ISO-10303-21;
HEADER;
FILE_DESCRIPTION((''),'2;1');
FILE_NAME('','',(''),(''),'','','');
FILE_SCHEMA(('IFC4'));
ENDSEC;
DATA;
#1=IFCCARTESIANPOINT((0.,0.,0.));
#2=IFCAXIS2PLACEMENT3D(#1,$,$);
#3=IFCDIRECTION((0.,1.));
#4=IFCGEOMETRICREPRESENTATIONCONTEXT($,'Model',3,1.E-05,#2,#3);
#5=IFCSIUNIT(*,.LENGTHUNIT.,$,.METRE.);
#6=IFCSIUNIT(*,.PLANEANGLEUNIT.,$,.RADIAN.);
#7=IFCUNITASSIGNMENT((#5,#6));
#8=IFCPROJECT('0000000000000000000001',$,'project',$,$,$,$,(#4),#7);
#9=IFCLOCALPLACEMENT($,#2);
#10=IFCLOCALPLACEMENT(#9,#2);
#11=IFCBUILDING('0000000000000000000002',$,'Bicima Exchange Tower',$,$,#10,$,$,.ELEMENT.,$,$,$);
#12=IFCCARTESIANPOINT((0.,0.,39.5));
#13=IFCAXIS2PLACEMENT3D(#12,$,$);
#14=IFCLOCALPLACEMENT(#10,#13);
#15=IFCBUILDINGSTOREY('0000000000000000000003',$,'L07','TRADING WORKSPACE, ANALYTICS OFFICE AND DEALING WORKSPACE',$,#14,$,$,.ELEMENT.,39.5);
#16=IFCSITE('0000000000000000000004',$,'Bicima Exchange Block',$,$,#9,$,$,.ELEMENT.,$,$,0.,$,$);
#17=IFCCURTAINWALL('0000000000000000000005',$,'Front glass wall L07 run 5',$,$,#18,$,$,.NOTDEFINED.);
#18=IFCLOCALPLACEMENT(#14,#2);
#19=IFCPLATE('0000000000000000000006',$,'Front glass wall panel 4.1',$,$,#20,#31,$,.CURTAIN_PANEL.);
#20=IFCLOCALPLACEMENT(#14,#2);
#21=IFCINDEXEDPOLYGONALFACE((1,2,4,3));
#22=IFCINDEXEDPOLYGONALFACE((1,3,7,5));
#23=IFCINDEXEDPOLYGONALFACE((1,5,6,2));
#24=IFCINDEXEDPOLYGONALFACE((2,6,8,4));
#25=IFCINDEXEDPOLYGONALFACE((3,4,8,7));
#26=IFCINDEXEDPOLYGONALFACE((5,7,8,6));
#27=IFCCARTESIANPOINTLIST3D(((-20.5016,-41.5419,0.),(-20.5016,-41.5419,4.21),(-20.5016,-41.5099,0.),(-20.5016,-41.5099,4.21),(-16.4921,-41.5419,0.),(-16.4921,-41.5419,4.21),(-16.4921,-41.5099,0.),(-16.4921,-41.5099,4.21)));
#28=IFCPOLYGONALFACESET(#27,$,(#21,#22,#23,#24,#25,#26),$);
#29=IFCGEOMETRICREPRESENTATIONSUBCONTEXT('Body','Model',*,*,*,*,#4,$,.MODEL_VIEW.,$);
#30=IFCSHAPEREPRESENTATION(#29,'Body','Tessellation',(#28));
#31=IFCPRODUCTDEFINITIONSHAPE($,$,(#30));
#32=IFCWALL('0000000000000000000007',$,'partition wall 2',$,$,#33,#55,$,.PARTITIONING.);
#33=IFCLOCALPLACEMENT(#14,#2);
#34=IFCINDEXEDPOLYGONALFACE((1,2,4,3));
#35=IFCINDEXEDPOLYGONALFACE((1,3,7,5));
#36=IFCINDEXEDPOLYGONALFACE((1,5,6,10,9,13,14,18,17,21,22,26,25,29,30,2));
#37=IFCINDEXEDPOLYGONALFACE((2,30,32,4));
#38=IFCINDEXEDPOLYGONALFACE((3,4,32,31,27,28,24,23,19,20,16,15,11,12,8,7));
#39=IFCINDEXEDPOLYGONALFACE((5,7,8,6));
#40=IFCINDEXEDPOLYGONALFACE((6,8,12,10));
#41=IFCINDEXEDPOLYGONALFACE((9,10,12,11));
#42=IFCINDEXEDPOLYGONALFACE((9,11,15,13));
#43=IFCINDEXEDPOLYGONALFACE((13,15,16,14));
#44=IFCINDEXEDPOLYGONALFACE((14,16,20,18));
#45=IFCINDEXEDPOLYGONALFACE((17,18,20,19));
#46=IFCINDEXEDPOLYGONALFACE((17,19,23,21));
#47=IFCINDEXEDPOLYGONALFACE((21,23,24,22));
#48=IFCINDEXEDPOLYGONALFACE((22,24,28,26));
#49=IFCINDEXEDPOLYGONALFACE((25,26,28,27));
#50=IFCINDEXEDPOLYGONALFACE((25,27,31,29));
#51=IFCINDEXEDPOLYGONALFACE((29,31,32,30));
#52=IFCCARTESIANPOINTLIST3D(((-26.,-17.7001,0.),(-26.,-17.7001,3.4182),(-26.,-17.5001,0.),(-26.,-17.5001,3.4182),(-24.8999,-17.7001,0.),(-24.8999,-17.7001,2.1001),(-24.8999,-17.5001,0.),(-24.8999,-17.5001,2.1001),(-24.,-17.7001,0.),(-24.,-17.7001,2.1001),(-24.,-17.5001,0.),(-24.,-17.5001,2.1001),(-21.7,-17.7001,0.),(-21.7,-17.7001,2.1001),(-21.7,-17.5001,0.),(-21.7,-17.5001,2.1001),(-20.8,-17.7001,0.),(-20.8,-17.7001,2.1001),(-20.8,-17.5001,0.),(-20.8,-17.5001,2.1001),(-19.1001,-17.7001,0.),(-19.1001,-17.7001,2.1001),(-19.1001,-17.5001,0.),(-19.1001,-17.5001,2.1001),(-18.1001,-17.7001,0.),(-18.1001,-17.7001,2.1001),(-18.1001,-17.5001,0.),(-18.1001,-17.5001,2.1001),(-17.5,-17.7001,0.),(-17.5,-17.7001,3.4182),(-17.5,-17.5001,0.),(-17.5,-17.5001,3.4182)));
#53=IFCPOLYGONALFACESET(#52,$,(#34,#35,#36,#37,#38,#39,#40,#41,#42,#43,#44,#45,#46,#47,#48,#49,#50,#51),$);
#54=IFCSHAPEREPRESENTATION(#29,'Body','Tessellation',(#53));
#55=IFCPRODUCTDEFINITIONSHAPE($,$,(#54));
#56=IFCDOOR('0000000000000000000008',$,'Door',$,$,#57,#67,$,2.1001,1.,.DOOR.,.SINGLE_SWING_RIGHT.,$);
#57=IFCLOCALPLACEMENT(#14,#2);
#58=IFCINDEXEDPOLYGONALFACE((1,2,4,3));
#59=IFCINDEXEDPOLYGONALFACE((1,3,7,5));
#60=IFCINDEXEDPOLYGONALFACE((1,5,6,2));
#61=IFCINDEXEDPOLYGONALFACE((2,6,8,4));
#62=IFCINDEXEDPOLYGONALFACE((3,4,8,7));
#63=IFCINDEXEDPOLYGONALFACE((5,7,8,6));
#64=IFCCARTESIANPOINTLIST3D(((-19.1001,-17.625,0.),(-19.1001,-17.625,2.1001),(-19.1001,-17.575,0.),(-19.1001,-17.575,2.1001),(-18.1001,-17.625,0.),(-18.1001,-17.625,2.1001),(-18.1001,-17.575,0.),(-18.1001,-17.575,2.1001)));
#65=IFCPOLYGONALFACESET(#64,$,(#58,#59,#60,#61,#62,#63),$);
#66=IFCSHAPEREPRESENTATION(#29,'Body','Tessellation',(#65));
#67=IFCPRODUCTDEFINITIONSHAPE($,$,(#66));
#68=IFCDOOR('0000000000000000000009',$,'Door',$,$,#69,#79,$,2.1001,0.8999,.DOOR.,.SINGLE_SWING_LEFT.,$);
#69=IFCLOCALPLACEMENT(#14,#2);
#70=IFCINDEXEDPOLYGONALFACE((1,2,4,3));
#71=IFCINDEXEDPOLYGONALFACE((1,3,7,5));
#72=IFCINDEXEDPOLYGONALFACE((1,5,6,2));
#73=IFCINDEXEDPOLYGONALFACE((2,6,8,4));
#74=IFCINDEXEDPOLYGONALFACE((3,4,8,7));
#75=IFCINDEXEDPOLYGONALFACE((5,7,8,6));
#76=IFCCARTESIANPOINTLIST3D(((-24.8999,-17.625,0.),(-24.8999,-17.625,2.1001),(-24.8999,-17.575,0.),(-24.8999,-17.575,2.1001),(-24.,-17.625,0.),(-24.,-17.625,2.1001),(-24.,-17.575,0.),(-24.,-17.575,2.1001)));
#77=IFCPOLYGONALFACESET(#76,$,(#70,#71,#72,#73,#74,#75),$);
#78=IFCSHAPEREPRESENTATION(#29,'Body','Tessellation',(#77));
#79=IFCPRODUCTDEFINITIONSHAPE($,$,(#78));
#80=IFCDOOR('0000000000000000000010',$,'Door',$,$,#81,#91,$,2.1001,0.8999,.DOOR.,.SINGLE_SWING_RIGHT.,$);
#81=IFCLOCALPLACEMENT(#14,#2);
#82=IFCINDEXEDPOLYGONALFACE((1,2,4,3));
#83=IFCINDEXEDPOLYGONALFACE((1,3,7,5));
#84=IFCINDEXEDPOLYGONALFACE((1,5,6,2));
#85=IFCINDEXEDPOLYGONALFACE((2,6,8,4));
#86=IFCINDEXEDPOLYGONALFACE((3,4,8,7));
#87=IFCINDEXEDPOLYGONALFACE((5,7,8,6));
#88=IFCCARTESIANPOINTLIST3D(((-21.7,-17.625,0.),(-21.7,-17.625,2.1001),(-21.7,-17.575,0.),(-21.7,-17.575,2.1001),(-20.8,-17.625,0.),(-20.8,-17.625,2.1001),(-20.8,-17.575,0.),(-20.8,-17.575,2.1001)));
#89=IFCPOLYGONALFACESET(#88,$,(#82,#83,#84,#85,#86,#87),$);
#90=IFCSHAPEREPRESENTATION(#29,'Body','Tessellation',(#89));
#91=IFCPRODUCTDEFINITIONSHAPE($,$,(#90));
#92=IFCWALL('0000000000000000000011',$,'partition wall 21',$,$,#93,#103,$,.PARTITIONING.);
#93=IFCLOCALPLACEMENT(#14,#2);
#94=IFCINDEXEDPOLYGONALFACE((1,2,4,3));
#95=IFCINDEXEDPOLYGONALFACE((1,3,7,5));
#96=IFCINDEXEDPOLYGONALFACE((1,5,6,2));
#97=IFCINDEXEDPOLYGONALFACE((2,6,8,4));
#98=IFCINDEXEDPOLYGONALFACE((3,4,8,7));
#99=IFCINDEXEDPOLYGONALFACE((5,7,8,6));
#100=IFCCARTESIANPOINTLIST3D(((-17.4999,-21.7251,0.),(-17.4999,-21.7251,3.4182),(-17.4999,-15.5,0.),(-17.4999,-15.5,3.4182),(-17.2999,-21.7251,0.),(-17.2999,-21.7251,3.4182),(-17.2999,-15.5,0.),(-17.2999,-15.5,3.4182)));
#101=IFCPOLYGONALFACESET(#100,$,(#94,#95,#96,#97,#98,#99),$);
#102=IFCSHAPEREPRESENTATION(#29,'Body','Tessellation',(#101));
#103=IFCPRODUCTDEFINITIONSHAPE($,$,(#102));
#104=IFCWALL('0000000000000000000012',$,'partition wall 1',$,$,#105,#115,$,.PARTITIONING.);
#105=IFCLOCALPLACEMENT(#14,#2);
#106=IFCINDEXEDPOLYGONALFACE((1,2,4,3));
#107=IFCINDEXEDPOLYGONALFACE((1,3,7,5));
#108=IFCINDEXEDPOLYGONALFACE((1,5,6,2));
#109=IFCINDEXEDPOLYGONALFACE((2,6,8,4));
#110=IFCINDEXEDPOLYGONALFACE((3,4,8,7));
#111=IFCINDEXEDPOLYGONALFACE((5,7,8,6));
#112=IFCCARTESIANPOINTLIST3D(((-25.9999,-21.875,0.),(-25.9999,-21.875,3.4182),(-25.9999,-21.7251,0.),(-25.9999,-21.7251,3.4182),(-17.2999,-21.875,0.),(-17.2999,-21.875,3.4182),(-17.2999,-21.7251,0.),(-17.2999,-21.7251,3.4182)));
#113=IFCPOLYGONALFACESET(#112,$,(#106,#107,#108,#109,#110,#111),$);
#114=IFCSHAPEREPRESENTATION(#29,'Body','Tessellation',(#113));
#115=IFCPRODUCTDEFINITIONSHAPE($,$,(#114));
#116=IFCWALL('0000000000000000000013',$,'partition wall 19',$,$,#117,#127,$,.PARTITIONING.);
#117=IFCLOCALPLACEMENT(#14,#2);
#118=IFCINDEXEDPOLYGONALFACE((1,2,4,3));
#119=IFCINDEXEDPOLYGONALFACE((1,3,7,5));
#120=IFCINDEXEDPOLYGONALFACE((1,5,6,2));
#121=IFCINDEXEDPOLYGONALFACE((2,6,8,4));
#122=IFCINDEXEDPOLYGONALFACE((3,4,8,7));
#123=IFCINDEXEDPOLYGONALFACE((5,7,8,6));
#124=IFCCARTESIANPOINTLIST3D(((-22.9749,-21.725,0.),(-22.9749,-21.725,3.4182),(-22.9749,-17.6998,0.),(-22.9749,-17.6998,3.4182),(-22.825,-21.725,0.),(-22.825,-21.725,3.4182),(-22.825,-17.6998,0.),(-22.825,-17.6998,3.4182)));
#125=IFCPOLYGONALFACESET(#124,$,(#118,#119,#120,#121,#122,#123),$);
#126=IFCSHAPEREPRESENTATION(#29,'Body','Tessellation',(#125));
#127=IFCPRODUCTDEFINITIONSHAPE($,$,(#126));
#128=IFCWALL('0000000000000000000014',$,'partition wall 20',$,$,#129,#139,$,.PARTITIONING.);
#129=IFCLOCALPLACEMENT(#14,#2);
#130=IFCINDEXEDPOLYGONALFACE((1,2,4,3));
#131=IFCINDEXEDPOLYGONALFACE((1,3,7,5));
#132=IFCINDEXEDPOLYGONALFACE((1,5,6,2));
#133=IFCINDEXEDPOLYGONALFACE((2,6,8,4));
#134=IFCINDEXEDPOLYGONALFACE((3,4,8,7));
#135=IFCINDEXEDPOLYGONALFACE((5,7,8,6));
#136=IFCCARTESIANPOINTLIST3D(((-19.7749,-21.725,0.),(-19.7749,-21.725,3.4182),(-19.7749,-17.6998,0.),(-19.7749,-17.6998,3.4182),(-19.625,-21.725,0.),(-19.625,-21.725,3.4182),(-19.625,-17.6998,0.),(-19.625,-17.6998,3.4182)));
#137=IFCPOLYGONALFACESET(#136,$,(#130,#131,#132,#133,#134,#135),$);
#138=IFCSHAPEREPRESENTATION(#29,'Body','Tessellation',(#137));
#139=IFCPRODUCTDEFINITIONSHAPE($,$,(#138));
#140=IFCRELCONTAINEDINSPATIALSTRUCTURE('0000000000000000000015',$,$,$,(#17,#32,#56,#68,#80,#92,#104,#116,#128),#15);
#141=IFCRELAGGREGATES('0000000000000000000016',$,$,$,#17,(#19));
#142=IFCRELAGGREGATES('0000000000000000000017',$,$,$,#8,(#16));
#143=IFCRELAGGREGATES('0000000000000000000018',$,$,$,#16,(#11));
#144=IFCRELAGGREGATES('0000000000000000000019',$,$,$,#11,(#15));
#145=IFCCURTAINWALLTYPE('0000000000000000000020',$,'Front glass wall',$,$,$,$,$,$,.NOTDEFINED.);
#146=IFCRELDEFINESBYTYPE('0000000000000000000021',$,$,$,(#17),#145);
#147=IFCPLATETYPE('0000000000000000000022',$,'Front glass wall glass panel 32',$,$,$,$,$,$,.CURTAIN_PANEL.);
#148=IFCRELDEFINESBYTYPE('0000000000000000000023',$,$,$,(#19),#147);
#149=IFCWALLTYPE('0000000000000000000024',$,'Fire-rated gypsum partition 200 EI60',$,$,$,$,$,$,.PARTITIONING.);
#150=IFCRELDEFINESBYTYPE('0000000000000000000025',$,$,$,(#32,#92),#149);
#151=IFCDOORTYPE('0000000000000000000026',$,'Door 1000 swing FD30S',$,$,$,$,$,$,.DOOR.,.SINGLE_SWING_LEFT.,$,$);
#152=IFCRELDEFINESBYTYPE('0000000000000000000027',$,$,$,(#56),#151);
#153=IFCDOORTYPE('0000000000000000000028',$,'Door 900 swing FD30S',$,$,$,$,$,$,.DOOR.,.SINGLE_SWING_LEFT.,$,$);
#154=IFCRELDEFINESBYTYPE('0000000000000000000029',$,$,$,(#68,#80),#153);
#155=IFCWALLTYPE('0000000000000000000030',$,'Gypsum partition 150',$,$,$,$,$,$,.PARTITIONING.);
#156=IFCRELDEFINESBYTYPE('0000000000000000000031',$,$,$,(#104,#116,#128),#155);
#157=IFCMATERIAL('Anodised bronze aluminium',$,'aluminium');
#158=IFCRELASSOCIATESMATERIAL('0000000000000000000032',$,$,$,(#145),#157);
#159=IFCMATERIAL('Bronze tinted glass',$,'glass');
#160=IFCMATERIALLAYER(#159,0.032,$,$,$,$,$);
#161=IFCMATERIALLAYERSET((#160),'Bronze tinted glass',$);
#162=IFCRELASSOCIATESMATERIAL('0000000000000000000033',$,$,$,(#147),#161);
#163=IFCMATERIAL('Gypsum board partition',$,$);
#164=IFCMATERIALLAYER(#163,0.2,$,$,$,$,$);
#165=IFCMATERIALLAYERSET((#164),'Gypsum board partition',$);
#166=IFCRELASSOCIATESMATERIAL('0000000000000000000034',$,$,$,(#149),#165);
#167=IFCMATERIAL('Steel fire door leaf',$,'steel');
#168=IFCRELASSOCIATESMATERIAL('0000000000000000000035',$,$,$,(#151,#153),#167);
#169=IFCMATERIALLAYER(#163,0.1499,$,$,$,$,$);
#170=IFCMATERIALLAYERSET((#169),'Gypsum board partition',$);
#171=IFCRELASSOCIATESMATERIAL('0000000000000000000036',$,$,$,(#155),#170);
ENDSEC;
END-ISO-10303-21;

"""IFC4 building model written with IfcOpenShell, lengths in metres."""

from ifc_helpers import new_model, si_unit, direction, frame, frame_2d, origin, origin_2d, place, context, subcontext, project, spatial, rectangle, extrude, material, layer, layer_set, type_object, element, fill, aggregate, save


model = new_model("IFC4")

# Units and contexts
model_context = context("Model", 3, precision=1e-05, world=origin(), true_north=direction((0.0, 1.0)))
body_context = subcontext(model_context, "Body", "Model", "MODEL_VIEW")
ifc_project = project(units=[si_unit("LENGTHUNIT", "METRE"), si_unit("PLANEANGLEUNIT", "RADIAN")], contexts=[model_context])

# Site, building, storey
site_placement = place(None, origin())
site = spatial("IfcSite", under=ifc_project, at=site_placement, Name="Bicima Exchange Block", CompositionType="ELEMENT", RefElevation=0.0)
building_placement = place(site_placement, origin())
building = spatial("IfcBuilding", under=site, at=building_placement, Name="Bicima Exchange Tower", CompositionType="ELEMENT")
storey_placement = place(building_placement, frame((0.0, 0.0, 39.5)))
storey = spatial("IfcBuildingStorey", under=building, at=storey_placement, Name="L07", Description="TRADING WORKSPACE, ANALYTICS OFFICE AND DEALING WORKSPACE", CompositionType="ELEMENT", Elevation=39.5)

# Curtain wall
ifc_material_1 = material(Name="Anodised bronze aluminium", Category="aluminium")
curtain_wall_type = type_object("IfcCurtainWallType", Name="Front glass wall", PredefinedType="NOTDEFINED", material=ifc_material_1)
curtain_wall_1_placement = place(storey_placement, origin())
curtain_wall_1 = element("IfcCurtainWall", 1, at=curtain_wall_1_placement, inside=storey, type_object=curtain_wall_type, Name="Front glass wall L07 run 5", PredefinedType="NOTDEFINED")

# Plate
ifc_material_2 = material(Name="Bronze tinted glass", Category="glass")
ifc_layer_1 = layer(ifc_material_2, 0.032)
ifc_layer_set_1 = layer_set([ifc_layer_1], Name="Bronze tinted glass")
plate_type_1 = type_object("IfcPlateType", Name="Front glass wall glass panel 32", PredefinedType="CURTAIN_PANEL", material=ifc_layer_set_1)
plate_1_placement = place(storey_placement, frame((-18.4968, -41.5259, 0.0), z_axis=(0.0, 0.0, 1.0), x_axis=(1.0, 0.0, 0.0)))
plate_1 = element("IfcPlate", 2, at=plate_1_placement, type_object=plate_type_1, Name="Front glass wall panel 4.1", PredefinedType="CURTAIN_PANEL", context=body_context, shape_type="SweptSolid", body=[
    extrude(rectangle(XDim=4.0095, YDim=0.032, at=origin_2d()), origin(), (0.0, 0.0, 1.0), 4.21),
])
aggregate(curtain_wall_1, [plate_1])

# Wall, openings, doors
ifc_material_3 = material(Name="Gypsum board partition")
ifc_layer_2 = layer(ifc_material_3, 0.2)
ifc_layer_set_2 = layer_set([ifc_layer_2], Name="Gypsum board partition")
wall_type_1 = type_object("IfcWallType", Name="Fire-rated gypsum partition 200 EI60", PredefinedType="PARTITIONING", material=ifc_layer_set_2)
wall_1_placement = place(storey_placement, frame((-26.0, -17.6001, 0.0), z_axis=(0.0, 0.0, 1.0), x_axis=(1.0, 0.0, 0.0)))
wall_1 = element("IfcWall", 3, at=wall_1_placement, inside=storey, type_object=wall_type_1, Name="partition wall 2", PredefinedType="PARTITIONING", context=body_context, shape_type="SweptSolid", body=[
    extrude(rectangle(XDim=8.5, YDim=0.2, at=frame_2d((4.25, 0.0))), origin(), (0.0, 0.0, 1.0), 3.4182),
])
opening_1_placement = place(wall_1_placement, frame((1.1001, 0.0, 0.0)))
opening_1 = element("IfcOpeningElement", 4, at=opening_1_placement, cuts=wall_1, PredefinedType="OPENING", context=body_context, shape_type="SweptSolid", body=[
    extrude(rectangle(XDim=0.8999, YDim=2.1001, at=frame_2d((0.45, 1.05))), frame((0.0, 0.1118, 0.0), z_axis=(0.0, -1.0, 0.0), x_axis=(1.0, 0.0, 0.0)), (0.0, 0.0, 1.0), 0.2239),
])
opening_2_placement = place(wall_1_placement, frame((4.3, 0.0, 0.0)))
opening_2 = element("IfcOpeningElement", 5, at=opening_2_placement, cuts=wall_1, PredefinedType="OPENING", context=body_context, shape_type="SweptSolid", body=[
    extrude(rectangle(XDim=0.8999, YDim=2.1001, at=frame_2d((0.45, 1.05))), frame((0.0, 0.1118, 0.0), z_axis=(0.0, -1.0, 0.0), x_axis=(1.0, 0.0, 0.0)), (0.0, 0.0, 1.0), 0.2239),
])
opening_3_placement = place(wall_1_placement, frame((6.8999, 0.0, 0.0)))
opening_3 = element("IfcOpeningElement", 6, at=opening_3_placement, cuts=wall_1, PredefinedType="OPENING", context=body_context, shape_type="SweptSolid", body=[
    extrude(rectangle(XDim=1.0, YDim=2.1001, at=frame_2d((0.5, 1.05))), frame((0.0, 0.1118, 0.0), z_axis=(0.0, -1.0, 0.0), x_axis=(1.0, 0.0, 0.0)), (0.0, 0.0, 1.0), 0.2239),
])
ifc_material_4 = material(Name="Steel fire door leaf", Category="steel")
door_type_1 = type_object("IfcDoorType", Name="Door 1000 swing FD30S", OperationType="SINGLE_SWING_LEFT", PredefinedType="DOOR", material=ifc_material_4)
door_1_placement = place(opening_3_placement, frame((1.0, 0.0, 0.0), z_axis=(0.0, 0.0, 1.0), x_axis=(-1.0, 0.0, 0.0)))
door_1 = element("IfcDoor", 7, at=door_1_placement, inside=storey, type_object=door_type_1, Name="Door", OperationType="SINGLE_SWING_RIGHT", OverallHeight=2.1001, OverallWidth=1.0, PredefinedType="DOOR", context=body_context, shape_type="SweptSolid", body=[
    extrude(rectangle(XDim=1.0, YDim=2.1001, at=frame_2d((0.5, 1.05))), frame((0.0, 0.0249, 0.0), z_axis=(0.0, -1.0, 0.0), x_axis=(1.0, 0.0, 0.0)), (0.0, 0.0, 1.0), 0.05),
])
fill(opening_3, door_1)
door_type_2 = type_object("IfcDoorType", Name="Door 900 swing FD30S", OperationType="SINGLE_SWING_LEFT", PredefinedType="DOOR", material=ifc_material_4)
door_2_placement = place(opening_1_placement, frame((0.8999, 0.0, 0.0), z_axis=(0.0, 0.0, 1.0), x_axis=(-1.0, 0.0, 0.0)))
door_2 = element("IfcDoor", 8, at=door_2_placement, inside=storey, type_object=door_type_2, Name="Door", OperationType="SINGLE_SWING_LEFT", OverallHeight=2.1001, OverallWidth=0.8999, PredefinedType="DOOR", context=body_context, shape_type="SweptSolid", body=[
    extrude(rectangle(XDim=0.8999, YDim=2.1001, at=frame_2d((0.45, 1.05))), frame((0.0, 0.0249, 0.0), z_axis=(0.0, -1.0, 0.0), x_axis=(1.0, 0.0, 0.0)), (0.0, 0.0, 1.0), 0.05),
])
fill(opening_1, door_2)
door_3_placement = place(opening_2_placement, frame((0.8999, 0.0, 0.0), z_axis=(0.0, 0.0, 1.0), x_axis=(-1.0, 0.0, 0.0)))
door_3 = element("IfcDoor", 9, at=door_3_placement, inside=storey, type_object=door_type_2, Name="Door", OperationType="SINGLE_SWING_RIGHT", OverallHeight=2.1001, OverallWidth=0.8999, PredefinedType="DOOR", context=body_context, shape_type="SweptSolid", body=[
    extrude(rectangle(XDim=0.8999, YDim=2.1001, at=frame_2d((0.45, 1.05))), frame((0.0, 0.0249, 0.0), z_axis=(0.0, -1.0, 0.0), x_axis=(1.0, 0.0, 0.0)), (0.0, 0.0, 1.0), 0.05),
])
fill(opening_2, door_3)

# Walls
wall_2_placement = place(storey_placement, frame((-17.3999, -21.7251, 0.0), z_axis=(0.0, 0.0, 1.0), x_axis=(0.0, 1.0, 0.0)))
element("IfcWall", 10, at=wall_2_placement, inside=storey, type_object=wall_type_1, Name="partition wall 21", PredefinedType="PARTITIONING", context=body_context, shape_type="SweptSolid", body=[
    extrude(rectangle(XDim=6.2251, YDim=0.2, at=frame_2d((3.1125, 0.0))), origin(), (0.0, 0.0, 1.0), 3.4182),
])
ifc_layer_3 = layer(ifc_material_3, 0.1499)
ifc_layer_set_3 = layer_set([ifc_layer_3], Name="Gypsum board partition")
wall_type_2 = type_object("IfcWallType", Name="Gypsum partition 150", PredefinedType="PARTITIONING", material=ifc_layer_set_3)
wall_3_placement = place(storey_placement, frame((-26.0, -21.8, 0.0), z_axis=(0.0, 0.0, 1.0), x_axis=(1.0, 0.0, 0.0)))
element("IfcWall", 11, at=wall_3_placement, inside=storey, type_object=wall_type_2, Name="partition wall 1", PredefinedType="PARTITIONING", context=body_context, shape_type="SweptSolid", body=[
    extrude(rectangle(XDim=8.7, YDim=0.1499, at=frame_2d((4.3501, 0.0))), origin(), (0.0, 0.0, 1.0), 3.4182),
])
for number, where, z_axis, x_axis, name in (
    (12, (-22.8999, -21.7251, 0.0), (0.0, 0.0, 1.0), (0.0, 1.0, 0.0), "partition wall 19"),
    (13, (-19.7, -21.7251, 0.0), (0.0, 0.0, 1.0), (0.0, 1.0, 0.0), "partition wall 20"),
):
    element("IfcWall", number, at=place(storey_placement, frame(where, z_axis=z_axis, x_axis=x_axis)), inside=storey, type_object=wall_type_2, Name=name, PredefinedType="PARTITIONING", context=body_context, shape_type="SweptSolid", body=[
        extrude(rectangle(XDim=4.0251, YDim=0.1499, at=frame_2d((2.0127, 0.0))), origin(), (0.0, 0.0, 1.0), 3.4182),
    ])

save(model, "model.ifc")
